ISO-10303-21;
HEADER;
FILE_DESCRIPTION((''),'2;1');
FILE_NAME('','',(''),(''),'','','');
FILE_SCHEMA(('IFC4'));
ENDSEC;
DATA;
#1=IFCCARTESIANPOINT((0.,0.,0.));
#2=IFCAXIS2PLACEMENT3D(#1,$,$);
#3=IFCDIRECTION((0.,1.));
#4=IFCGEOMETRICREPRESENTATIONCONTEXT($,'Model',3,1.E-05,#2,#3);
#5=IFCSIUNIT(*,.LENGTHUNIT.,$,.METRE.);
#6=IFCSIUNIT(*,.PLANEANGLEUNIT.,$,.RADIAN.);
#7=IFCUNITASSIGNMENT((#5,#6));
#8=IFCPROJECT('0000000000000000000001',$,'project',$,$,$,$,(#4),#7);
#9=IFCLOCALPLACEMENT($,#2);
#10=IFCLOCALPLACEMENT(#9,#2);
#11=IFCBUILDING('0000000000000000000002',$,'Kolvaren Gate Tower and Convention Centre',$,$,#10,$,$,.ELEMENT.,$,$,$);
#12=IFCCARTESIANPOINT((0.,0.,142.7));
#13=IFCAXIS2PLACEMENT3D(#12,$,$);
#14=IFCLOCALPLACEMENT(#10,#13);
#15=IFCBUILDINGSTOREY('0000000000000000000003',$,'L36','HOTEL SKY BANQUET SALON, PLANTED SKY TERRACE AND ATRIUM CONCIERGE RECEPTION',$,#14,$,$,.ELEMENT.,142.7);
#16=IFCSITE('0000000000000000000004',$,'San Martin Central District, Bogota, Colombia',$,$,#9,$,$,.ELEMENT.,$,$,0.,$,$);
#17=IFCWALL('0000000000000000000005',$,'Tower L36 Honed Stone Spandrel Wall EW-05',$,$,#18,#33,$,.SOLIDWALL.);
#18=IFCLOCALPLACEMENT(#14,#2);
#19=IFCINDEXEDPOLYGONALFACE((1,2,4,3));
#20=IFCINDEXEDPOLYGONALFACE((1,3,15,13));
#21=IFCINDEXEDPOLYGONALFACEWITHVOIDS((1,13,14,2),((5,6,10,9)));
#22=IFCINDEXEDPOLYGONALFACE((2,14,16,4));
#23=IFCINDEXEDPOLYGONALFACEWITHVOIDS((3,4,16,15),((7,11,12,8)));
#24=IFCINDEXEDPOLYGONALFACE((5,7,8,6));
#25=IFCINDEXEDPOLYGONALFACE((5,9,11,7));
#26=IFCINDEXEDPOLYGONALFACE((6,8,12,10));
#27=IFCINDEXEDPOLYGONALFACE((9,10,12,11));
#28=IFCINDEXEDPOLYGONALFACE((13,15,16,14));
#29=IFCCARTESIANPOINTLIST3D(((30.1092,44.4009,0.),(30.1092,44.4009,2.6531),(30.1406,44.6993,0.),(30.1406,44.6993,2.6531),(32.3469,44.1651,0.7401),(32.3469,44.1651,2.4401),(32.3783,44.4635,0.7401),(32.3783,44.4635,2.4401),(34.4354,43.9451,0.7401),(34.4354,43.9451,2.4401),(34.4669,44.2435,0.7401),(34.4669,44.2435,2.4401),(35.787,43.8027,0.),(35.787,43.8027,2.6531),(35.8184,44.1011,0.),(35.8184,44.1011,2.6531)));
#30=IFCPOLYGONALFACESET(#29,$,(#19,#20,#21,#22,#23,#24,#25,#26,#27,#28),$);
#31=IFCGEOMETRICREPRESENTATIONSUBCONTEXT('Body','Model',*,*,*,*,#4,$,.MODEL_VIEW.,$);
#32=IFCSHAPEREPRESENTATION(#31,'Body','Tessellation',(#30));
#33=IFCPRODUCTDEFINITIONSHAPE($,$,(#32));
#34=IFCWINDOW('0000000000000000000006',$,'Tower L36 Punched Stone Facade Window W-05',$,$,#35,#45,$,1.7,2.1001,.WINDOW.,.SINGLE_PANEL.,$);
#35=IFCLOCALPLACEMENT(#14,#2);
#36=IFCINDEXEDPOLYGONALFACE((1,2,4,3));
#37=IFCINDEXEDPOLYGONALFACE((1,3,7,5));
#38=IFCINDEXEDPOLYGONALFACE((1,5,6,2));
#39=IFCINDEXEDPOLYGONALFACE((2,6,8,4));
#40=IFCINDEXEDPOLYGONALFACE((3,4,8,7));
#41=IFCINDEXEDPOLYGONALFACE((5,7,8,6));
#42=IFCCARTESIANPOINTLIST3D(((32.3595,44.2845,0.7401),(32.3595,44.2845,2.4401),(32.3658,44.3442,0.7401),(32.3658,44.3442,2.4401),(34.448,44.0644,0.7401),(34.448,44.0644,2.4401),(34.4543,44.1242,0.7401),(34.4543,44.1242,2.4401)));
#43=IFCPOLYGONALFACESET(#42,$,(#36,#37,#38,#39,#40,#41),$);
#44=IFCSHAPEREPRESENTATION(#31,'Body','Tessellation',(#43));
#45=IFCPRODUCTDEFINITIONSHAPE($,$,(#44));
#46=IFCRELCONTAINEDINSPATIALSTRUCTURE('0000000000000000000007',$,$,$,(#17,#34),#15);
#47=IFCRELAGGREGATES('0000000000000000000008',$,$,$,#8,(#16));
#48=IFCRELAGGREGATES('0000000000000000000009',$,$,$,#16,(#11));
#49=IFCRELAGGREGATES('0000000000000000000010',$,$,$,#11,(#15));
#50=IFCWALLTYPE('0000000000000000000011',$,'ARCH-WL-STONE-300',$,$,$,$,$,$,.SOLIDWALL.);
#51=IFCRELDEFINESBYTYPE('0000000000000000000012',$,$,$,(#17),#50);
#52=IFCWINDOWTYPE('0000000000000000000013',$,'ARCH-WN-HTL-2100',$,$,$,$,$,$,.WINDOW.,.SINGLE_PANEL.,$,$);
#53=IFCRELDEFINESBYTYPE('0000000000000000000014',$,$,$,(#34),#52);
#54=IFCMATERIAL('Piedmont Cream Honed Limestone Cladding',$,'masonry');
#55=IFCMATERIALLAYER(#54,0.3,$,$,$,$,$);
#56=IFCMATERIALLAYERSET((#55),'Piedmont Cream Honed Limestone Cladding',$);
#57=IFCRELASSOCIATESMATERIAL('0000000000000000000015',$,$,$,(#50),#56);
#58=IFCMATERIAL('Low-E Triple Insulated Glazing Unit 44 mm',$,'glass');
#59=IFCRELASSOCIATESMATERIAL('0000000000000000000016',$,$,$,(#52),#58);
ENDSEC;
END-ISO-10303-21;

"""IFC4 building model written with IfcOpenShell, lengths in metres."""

from ifc_helpers import new_model, si_unit, direction, frame, frame_2d, origin, place, context, subcontext, project, spatial, rectangle, extrude, material, layer, layer_set, type_object, element, fill, save


model = new_model("IFC4")

# Units and contexts
model_context = context("Model", 3, precision=1e-05, world=origin(), true_north=direction((0.0, 1.0)))
body_context = subcontext(model_context, "Body", "Model", "MODEL_VIEW")
ifc_project = project(units=[si_unit("LENGTHUNIT", "METRE"), si_unit("PLANEANGLEUNIT", "RADIAN")], contexts=[model_context])

# Site, building, storey
site_placement = place(None, origin())
site = spatial("IfcSite", under=ifc_project, at=site_placement, Name="San Martin Central District, Bogota, Colombia", CompositionType="ELEMENT", RefElevation=0.0)
building_placement = place(site_placement, origin())
building = spatial("IfcBuilding", under=site, at=building_placement, Name="Kolvaren Gate Tower and Convention Centre", CompositionType="ELEMENT")
storey_placement = place(building_placement, frame((0.0, 0.0, 142.7)))
storey = spatial("IfcBuildingStorey", under=building, at=storey_placement, Name="L36", Description="HOTEL SKY BANQUET SALON, PLANTED SKY TERRACE AND ATRIUM CONCIERGE RECEPTION", CompositionType="ELEMENT", Elevation=142.7)

# Wall, opening, window
ifc_material_1 = material(Name="Piedmont Cream Honed Limestone Cladding", Category="masonry")
ifc_layer_1 = layer(ifc_material_1, 0.3)
ifc_layer_set_1 = layer_set([ifc_layer_1], Name="Piedmont Cream Honed Limestone Cladding")
wall_type_1 = type_object("IfcWallType", Name="ARCH-WL-STONE-300", PredefinedType="SOLIDWALL", material=ifc_layer_set_1)
ifc_material_2 = material(Name="Low-E Triple Insulated Glazing Unit 44 mm", Category="glass")
window_type = type_object("IfcWindowType", Name="ARCH-WN-HTL-2100", PartitioningType="SINGLE_PANEL", PredefinedType="WINDOW", material=ifc_material_2)
wall_1_placement = place(storey_placement, frame((30.125, 44.55, 0.0), z_axis=(0.0, 0.0, 1.0), x_axis=(0.994497, -0.104769, 0.0)))
wall_1 = element("IfcWall", 1, at=wall_1_placement, inside=storey, type_object=wall_type_1, Name="Tower L36 Honed Stone Spandrel Wall EW-05", PredefinedType="SOLIDWALL", context=body_context, shape_type="SweptSolid", body=[
    extrude(rectangle(XDim=5.7092, YDim=0.3, at=frame_2d((2.8545, 0.0))), origin(), (0.0, 0.0, 1.0), 2.6531),
])
opening_1_placement = place(wall_1_placement, frame((2.25, 0.0, 0.74)))
opening_1 = element("IfcOpeningElement", 2, at=opening_1_placement, cuts=wall_1, PredefinedType="OPENING", context=body_context, shape_type="SweptSolid", body=[
    extrude(rectangle(XDim=2.1001, YDim=1.7, at=frame_2d((1.05, 0.8501))), frame((0.0, 0.1599, 0.0), z_axis=(0.0, -1.0, 0.0), x_axis=(1.0, 0.0, 0.0)), (0.0, 0.0, 1.0), 0.3201),
])
window_1_placement = place(opening_1_placement, origin())
window_1 = element("IfcWindow", 3, at=window_1_placement, inside=storey, type_object=window_type, Name="Tower L36 Punched Stone Facade Window W-05", OverallHeight=1.7, OverallWidth=2.1001, PartitioningType="SINGLE_PANEL", PredefinedType="WINDOW", context=body_context, shape_type="SweptSolid", body=[
    extrude(rectangle(XDim=2.1001, YDim=1.7, at=frame_2d((1.05, 0.8501))), frame((0.0, 0.03, 0.0), z_axis=(0.0, -1.0, 0.0), x_axis=(1.0, 0.0, 0.0)), (0.0, 0.0, 1.0), 0.0601),
])
fill(opening_1, window_1)

save(model, "model.ifc")
